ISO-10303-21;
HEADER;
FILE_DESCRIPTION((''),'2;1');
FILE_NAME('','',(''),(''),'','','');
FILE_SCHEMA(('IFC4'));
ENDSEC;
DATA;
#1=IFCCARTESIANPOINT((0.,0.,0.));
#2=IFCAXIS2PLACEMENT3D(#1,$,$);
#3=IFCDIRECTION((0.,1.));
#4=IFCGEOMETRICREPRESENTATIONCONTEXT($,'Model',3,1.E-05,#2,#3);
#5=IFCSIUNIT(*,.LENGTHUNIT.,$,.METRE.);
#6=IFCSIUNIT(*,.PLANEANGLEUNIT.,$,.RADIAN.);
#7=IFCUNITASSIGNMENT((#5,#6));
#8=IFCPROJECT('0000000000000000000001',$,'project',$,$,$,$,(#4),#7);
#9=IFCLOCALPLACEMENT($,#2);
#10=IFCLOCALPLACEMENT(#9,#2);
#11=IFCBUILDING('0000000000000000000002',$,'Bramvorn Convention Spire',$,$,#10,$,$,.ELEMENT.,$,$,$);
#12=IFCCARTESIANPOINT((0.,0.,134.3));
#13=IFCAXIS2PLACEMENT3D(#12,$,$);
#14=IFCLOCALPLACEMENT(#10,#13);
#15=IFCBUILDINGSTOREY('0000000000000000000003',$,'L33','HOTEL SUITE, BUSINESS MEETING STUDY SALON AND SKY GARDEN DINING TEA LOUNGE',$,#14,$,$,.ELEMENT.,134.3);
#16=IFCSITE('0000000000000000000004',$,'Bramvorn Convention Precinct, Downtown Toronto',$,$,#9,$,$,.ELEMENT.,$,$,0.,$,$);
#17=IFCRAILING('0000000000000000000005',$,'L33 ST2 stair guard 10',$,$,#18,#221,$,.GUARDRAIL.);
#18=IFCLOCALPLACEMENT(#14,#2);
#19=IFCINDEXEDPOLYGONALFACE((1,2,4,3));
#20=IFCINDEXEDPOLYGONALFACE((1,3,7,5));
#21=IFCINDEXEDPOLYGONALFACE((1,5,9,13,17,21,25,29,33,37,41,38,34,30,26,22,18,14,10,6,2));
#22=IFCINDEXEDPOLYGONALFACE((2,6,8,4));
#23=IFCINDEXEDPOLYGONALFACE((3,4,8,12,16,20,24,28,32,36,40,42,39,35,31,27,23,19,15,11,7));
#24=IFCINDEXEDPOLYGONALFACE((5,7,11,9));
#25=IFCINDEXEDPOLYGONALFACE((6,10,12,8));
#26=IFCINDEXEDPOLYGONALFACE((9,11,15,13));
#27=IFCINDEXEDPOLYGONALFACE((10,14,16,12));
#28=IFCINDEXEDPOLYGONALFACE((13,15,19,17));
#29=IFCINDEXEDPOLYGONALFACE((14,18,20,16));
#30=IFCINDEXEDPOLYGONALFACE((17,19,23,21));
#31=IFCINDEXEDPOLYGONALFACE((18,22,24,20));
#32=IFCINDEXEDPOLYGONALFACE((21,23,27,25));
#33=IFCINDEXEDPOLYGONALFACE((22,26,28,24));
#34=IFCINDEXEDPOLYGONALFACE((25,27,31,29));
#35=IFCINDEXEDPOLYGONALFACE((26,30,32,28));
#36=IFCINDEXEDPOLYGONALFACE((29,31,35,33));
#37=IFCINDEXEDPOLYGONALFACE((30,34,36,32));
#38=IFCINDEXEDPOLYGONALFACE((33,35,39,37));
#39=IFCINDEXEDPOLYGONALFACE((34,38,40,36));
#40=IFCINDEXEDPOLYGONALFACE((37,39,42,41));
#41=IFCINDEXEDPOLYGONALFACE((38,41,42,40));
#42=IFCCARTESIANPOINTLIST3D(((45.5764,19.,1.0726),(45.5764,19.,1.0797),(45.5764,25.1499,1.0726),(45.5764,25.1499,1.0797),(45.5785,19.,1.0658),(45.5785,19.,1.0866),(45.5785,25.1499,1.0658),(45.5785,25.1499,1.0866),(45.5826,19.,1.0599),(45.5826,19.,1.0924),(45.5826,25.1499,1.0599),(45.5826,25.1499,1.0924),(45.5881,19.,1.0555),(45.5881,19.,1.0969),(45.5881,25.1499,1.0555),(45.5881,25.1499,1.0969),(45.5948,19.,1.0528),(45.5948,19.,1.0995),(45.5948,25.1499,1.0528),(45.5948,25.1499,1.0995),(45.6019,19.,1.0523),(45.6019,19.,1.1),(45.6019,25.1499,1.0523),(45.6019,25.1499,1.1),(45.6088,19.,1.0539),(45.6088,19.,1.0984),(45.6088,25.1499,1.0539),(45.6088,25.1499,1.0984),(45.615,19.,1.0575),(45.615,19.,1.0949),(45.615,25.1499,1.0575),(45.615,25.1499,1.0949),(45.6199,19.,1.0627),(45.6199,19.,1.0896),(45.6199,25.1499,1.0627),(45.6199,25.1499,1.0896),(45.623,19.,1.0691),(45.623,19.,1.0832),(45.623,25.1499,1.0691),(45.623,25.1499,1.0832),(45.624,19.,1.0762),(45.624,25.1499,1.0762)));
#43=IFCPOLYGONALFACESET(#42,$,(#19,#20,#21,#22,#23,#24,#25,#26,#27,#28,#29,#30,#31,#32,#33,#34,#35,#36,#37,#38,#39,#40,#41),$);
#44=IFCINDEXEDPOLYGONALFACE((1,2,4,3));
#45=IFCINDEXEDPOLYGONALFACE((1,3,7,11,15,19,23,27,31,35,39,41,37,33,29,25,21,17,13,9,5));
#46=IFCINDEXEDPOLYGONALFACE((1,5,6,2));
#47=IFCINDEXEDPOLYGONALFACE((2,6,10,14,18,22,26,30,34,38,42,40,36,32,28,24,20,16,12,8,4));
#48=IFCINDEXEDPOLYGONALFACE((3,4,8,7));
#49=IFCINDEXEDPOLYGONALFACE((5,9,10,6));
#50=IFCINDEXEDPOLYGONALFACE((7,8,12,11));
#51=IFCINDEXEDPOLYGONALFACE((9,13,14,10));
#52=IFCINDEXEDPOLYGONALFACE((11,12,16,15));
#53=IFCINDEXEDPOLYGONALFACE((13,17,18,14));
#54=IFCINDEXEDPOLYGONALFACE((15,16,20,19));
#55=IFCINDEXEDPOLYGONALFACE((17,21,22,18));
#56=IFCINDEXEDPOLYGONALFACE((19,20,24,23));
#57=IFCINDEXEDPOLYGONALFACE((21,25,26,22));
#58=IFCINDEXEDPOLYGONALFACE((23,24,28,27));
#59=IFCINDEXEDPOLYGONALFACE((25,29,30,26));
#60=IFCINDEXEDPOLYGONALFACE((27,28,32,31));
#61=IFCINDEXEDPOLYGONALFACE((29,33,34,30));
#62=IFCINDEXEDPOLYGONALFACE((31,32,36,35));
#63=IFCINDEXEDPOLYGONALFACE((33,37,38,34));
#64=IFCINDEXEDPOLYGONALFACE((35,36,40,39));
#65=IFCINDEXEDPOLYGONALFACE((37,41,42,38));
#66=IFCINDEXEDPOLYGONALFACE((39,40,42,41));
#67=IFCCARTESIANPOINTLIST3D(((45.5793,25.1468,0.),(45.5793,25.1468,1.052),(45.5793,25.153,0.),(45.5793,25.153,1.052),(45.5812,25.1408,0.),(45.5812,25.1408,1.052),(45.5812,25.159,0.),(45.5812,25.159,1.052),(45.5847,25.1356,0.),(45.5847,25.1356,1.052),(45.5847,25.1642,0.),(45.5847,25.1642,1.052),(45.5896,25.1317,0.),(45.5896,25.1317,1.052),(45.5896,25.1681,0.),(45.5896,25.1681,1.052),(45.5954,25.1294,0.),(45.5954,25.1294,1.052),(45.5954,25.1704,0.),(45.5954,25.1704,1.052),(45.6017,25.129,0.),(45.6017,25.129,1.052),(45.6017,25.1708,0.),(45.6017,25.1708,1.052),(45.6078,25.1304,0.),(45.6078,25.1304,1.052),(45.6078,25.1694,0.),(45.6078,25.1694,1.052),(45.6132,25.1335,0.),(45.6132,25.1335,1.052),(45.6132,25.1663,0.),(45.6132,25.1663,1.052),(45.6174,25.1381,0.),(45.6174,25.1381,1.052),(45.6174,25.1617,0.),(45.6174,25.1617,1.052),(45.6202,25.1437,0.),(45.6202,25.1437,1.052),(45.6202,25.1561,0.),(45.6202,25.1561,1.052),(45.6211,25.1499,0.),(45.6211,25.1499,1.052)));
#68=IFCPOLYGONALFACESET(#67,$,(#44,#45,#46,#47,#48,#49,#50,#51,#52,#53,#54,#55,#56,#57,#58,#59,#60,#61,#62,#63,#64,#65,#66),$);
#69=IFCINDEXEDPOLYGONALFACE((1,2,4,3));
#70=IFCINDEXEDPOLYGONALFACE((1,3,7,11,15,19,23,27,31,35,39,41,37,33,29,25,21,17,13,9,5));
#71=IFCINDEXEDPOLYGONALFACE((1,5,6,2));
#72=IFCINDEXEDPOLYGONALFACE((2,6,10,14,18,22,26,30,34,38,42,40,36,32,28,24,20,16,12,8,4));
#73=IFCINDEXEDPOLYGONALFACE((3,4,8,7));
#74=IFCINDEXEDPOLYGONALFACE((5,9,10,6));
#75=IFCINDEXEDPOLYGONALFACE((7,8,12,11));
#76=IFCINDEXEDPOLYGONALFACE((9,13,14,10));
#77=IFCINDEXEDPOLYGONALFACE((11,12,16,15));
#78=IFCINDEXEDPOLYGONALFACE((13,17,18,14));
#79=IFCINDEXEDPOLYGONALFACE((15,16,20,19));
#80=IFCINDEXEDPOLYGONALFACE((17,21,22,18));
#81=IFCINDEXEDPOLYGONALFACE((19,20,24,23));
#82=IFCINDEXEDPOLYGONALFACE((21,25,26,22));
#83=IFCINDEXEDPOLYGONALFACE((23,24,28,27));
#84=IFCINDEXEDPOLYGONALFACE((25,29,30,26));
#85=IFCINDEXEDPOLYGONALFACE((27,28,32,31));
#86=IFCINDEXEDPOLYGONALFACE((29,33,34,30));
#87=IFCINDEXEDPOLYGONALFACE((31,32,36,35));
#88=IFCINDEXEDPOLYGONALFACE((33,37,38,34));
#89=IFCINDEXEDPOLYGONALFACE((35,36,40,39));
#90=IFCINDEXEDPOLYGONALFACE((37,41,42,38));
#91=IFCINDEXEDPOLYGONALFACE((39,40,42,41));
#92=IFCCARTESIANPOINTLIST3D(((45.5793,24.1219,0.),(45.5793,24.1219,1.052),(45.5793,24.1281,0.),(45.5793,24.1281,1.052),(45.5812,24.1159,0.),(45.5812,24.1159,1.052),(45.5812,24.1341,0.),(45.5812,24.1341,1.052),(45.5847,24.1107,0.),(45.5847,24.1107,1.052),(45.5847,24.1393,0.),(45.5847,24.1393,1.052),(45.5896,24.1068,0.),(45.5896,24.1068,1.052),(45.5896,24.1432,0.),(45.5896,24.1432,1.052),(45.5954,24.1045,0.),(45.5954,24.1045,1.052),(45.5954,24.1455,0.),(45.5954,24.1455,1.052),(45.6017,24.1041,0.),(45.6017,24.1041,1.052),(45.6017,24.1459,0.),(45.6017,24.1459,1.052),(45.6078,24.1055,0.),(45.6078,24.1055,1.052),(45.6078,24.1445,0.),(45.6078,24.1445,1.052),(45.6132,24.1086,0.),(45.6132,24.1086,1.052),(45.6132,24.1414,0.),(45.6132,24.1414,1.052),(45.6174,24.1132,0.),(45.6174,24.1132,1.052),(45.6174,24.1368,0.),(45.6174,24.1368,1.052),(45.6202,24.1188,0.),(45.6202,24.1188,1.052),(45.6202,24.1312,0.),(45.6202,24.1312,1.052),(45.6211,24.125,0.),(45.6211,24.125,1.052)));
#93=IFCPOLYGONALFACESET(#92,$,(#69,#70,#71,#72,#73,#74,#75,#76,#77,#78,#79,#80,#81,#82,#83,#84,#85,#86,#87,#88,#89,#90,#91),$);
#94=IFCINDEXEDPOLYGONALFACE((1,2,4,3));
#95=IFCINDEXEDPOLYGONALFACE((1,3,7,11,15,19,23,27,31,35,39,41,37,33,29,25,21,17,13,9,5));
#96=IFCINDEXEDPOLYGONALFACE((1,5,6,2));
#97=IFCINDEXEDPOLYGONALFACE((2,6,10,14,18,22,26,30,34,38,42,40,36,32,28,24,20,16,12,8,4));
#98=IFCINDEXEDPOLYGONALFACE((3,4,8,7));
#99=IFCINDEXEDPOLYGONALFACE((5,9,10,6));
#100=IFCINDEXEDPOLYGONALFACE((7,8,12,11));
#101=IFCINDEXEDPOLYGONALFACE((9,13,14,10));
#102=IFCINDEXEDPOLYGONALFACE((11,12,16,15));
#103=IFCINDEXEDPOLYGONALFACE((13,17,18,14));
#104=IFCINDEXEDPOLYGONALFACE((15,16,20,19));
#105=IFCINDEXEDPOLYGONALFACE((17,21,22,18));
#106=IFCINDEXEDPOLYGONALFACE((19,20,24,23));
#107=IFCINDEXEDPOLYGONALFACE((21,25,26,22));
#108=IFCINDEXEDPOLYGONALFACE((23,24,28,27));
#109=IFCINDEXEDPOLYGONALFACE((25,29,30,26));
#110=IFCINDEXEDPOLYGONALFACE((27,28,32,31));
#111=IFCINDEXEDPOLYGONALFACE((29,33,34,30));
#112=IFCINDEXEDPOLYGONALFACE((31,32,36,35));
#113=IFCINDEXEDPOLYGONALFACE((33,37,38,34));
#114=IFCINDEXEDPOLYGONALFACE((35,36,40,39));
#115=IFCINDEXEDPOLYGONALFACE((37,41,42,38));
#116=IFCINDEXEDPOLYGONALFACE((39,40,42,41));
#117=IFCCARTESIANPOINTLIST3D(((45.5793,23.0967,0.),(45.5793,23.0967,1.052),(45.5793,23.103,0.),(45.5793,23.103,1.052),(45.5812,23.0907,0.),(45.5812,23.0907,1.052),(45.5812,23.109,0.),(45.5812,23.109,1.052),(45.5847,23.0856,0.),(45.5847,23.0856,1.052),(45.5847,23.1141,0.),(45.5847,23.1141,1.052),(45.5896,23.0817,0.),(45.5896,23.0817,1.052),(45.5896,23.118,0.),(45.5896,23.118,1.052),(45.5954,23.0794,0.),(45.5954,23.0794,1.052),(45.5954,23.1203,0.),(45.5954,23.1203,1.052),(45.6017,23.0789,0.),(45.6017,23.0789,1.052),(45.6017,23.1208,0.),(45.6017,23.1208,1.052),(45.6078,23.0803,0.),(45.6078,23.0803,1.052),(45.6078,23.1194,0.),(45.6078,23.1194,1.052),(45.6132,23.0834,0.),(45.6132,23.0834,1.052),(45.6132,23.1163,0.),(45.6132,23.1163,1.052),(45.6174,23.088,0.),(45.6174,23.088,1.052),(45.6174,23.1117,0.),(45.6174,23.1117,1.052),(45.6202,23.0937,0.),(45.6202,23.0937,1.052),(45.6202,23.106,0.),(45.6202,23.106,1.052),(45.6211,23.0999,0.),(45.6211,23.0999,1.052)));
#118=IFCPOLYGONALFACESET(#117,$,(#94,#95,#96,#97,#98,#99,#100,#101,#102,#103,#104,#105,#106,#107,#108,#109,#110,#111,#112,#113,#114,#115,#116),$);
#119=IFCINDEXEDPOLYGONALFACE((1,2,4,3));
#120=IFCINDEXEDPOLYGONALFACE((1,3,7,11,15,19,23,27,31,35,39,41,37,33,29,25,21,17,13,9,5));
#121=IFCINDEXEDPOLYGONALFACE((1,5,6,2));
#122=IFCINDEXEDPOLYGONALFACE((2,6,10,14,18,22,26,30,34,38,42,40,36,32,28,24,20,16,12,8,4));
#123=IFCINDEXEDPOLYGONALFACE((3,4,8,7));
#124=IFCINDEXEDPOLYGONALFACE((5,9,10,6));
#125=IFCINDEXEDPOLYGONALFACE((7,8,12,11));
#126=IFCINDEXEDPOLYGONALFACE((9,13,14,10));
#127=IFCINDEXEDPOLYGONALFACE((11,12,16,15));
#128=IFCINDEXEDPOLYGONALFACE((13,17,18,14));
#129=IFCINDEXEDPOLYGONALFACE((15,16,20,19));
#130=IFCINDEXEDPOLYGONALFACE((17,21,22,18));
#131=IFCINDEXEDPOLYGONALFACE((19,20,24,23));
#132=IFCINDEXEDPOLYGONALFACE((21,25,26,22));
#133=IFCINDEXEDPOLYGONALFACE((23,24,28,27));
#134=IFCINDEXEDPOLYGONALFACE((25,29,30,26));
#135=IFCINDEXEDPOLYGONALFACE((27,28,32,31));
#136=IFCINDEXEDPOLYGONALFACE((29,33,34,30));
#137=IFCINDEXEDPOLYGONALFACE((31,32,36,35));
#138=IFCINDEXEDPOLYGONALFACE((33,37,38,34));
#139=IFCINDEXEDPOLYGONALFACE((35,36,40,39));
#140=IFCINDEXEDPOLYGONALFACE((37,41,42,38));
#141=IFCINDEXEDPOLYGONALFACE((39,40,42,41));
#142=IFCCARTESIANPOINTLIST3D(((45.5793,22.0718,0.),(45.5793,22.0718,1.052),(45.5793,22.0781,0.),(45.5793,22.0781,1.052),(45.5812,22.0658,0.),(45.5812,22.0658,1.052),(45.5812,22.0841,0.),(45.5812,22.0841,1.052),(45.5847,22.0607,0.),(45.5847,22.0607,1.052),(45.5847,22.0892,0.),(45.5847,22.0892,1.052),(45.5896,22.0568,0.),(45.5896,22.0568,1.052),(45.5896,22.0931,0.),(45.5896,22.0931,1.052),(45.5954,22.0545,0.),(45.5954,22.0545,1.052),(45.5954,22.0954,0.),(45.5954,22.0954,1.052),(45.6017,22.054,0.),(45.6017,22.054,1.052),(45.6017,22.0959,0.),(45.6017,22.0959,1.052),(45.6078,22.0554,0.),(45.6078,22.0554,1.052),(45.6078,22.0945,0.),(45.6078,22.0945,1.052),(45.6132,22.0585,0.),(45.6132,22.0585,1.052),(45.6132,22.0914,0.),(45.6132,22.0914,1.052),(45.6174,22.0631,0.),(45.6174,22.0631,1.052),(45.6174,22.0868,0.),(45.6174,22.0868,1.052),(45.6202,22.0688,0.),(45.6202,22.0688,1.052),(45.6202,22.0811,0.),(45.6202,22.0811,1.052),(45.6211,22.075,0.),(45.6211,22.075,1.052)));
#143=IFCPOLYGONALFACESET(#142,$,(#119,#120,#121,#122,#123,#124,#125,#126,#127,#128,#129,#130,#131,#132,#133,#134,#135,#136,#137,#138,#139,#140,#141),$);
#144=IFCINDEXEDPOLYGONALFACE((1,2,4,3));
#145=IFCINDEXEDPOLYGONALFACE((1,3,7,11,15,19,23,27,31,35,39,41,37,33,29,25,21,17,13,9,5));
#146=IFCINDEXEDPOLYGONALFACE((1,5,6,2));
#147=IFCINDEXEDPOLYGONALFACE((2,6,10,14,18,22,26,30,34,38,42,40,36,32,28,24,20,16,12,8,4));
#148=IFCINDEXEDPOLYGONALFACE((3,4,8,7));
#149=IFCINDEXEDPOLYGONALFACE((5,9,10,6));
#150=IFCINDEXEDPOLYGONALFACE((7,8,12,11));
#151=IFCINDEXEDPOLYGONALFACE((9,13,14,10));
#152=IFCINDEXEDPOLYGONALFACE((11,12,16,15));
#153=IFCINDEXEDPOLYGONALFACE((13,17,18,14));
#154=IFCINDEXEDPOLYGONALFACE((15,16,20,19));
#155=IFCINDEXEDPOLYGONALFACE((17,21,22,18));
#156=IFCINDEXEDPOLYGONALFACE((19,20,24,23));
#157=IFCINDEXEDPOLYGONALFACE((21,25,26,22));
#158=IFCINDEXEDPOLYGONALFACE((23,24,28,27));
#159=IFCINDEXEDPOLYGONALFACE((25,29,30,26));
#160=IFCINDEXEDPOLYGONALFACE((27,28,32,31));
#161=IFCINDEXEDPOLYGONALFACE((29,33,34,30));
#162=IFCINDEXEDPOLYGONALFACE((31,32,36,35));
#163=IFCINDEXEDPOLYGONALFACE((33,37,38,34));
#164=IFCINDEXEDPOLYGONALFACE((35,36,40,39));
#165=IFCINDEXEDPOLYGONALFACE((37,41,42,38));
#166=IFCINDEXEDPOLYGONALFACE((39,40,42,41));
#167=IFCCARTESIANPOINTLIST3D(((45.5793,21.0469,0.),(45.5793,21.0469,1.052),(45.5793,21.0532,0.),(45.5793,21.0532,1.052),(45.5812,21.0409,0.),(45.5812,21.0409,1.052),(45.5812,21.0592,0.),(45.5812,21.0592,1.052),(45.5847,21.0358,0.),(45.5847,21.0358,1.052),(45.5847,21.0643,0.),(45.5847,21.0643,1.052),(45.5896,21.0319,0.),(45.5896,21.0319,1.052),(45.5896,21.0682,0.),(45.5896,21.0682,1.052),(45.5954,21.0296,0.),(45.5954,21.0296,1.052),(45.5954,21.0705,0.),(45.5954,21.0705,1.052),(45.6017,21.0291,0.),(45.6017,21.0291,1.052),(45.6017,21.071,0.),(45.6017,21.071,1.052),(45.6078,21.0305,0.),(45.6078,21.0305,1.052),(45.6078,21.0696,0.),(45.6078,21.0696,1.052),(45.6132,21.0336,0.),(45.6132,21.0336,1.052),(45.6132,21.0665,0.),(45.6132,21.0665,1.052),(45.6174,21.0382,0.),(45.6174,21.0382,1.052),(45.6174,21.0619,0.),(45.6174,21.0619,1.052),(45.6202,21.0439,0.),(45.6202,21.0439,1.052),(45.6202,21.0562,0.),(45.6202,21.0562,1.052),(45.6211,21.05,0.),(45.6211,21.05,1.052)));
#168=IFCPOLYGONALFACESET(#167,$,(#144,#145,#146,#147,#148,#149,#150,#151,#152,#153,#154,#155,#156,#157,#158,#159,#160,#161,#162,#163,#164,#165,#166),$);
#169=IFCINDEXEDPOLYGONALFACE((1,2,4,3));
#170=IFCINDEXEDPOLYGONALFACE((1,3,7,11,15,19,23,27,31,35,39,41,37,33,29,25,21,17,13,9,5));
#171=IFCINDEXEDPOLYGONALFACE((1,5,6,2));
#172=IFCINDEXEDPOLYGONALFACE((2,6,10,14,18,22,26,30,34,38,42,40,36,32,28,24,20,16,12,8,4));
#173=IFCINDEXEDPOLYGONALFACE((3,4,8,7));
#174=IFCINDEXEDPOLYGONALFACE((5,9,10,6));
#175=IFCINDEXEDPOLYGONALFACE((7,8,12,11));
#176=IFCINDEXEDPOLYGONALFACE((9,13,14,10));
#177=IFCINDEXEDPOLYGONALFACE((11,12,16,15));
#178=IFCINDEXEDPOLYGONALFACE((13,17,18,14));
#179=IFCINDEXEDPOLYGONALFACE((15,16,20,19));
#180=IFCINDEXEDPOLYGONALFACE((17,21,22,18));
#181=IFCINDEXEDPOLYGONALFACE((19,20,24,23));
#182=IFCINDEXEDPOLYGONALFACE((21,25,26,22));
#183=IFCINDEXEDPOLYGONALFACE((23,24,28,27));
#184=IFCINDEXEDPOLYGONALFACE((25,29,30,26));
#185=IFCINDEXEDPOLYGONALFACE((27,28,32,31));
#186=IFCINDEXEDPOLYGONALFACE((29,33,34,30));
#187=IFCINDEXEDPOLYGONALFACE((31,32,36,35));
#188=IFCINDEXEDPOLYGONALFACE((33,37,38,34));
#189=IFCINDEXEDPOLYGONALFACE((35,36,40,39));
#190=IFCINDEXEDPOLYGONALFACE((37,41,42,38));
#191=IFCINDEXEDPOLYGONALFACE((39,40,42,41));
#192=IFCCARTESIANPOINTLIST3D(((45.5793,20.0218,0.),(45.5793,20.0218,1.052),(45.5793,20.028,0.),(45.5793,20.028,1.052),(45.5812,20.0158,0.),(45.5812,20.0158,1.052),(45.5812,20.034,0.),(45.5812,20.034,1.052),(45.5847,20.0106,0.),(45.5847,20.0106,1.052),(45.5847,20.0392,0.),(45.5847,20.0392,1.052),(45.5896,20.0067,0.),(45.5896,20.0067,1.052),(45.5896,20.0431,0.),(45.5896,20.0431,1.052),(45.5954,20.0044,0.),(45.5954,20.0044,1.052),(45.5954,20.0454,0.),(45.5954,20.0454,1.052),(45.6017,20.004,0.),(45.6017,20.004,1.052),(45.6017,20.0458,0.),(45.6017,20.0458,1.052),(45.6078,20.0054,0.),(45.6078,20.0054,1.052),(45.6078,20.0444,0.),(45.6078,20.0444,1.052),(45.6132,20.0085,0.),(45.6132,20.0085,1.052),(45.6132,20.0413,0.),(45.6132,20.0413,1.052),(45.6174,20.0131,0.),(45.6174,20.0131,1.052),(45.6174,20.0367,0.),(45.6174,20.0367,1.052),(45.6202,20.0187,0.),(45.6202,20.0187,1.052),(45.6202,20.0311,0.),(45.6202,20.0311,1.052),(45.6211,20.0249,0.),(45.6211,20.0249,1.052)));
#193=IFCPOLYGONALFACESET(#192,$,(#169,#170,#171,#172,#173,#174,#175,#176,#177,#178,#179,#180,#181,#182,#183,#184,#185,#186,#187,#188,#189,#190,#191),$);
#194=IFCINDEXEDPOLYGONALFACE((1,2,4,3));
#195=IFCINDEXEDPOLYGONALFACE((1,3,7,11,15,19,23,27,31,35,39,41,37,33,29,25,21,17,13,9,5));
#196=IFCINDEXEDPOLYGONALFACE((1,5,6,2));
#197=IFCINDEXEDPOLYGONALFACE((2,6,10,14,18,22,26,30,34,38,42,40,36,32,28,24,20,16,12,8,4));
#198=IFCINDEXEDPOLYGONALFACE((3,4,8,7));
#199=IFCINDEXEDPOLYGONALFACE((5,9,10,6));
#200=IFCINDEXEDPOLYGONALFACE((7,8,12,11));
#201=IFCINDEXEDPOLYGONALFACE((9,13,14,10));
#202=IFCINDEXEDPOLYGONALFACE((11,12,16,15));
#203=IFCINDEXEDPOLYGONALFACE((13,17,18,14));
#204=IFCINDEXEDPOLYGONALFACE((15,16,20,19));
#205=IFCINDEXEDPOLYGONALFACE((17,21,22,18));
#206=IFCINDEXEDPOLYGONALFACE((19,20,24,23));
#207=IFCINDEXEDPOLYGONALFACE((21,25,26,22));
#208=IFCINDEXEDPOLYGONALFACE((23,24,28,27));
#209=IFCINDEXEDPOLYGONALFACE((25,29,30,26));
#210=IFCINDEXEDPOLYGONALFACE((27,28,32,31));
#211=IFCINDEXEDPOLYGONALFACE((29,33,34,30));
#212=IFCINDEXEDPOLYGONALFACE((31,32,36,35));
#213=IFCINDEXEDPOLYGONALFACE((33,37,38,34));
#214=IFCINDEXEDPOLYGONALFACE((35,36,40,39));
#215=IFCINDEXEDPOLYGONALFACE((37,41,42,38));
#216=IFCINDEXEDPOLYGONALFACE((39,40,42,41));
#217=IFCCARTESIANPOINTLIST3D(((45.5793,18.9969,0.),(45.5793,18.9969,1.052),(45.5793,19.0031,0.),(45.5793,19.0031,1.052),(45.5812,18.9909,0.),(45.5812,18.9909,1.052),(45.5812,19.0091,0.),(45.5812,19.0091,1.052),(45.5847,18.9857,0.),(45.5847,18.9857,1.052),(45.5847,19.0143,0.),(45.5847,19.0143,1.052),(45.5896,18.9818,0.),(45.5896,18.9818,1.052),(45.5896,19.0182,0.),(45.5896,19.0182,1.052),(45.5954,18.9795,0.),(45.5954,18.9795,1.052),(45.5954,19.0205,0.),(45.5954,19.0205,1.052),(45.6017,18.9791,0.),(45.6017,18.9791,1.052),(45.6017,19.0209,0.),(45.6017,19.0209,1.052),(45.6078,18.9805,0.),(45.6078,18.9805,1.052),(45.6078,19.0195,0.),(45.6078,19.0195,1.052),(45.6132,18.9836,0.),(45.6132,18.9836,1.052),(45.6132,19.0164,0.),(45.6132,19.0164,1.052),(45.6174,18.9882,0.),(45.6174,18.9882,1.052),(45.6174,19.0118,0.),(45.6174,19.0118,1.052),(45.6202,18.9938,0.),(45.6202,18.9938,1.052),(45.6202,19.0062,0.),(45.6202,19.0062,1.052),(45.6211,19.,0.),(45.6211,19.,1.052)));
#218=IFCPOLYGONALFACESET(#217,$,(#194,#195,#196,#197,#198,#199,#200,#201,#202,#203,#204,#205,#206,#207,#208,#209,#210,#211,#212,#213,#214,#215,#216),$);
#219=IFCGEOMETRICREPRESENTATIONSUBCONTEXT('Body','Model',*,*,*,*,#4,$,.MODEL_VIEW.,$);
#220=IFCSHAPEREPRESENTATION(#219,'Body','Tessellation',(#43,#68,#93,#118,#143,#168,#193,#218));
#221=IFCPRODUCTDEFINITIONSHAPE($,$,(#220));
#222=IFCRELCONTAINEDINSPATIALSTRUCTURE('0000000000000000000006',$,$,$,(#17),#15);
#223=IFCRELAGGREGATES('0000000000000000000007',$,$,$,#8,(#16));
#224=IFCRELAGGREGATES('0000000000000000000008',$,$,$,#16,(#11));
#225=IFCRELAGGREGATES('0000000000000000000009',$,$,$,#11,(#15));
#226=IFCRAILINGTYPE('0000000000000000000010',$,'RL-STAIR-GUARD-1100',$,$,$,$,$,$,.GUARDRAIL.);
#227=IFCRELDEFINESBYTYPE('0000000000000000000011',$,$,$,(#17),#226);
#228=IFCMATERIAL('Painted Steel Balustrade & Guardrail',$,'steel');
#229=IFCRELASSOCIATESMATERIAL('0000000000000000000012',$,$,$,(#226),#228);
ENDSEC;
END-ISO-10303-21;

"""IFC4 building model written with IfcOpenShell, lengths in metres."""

from ifc_helpers import new_model, si_unit, direction, frame, origin, origin_2d, place, context, subcontext, project, spatial, circle, extrude, material, type_object, element, save


model = new_model("IFC4")

# Units and contexts
model_context = context("Model", 3, precision=1e-05, world=origin(), true_north=direction((0.0, 1.0)))
body_context = subcontext(model_context, "Body", "Model", "MODEL_VIEW")
ifc_project = project(units=[si_unit("LENGTHUNIT", "METRE"), si_unit("PLANEANGLEUNIT", "RADIAN")], contexts=[model_context])

# Site, building, storey
site_placement = place(None, origin())
site = spatial("IfcSite", under=ifc_project, at=site_placement, Name="Bramvorn Convention Precinct, Downtown Toronto", CompositionType="ELEMENT", RefElevation=0.0)
building_placement = place(site_placement, origin())
building = spatial("IfcBuilding", under=site, at=building_placement, Name="Bramvorn Convention Spire", CompositionType="ELEMENT")
storey_placement = place(building_placement, frame((0.0, 0.0, 134.3)))
storey = spatial("IfcBuildingStorey", under=building, at=storey_placement, Name="L33", Description="HOTEL SUITE, BUSINESS MEETING STUDY SALON AND SKY GARDEN DINING TEA LOUNGE", CompositionType="ELEMENT", Elevation=134.3)

# Railing
ifc_material_1 = material(Name="Painted Steel Balustrade & Guardrail", Category="steel")
railing_type_1 = type_object("IfcRailingType", Name="RL-STAIR-GUARD-1100", PredefinedType="GUARDRAIL", material=ifc_material_1)
railing_1_placement = place(storey_placement, frame((45.6001, 25.1499, 0.0)))
element("IfcRailing", 1, at=railing_1_placement, inside=storey, type_object=railing_type_1, Name="L33 ST2 stair guard 10", PredefinedType="GUARDRAIL", context=body_context, shape_type="SweptSolid", body=[
    extrude(circle(Radius=0.0239, at=origin_2d()), frame((0.0, 0.0, 1.0762), z_axis=(0.0, -1.0, 0.0), x_axis=(1.0, 0.0, 0.0)), (0.0, 0.0, 1.0), 6.1499),
    extrude(circle(Radius=0.021, at=origin_2d()), origin(), (0.0, 0.0, 1.0), 1.052),
    extrude(circle(Radius=0.021, at=origin_2d()), frame((0.0, -1.0249, 0.0)), (0.0, 0.0, 1.0), 1.052),
    extrude(circle(Radius=0.021, at=origin_2d()), frame((0.0, -2.05, 0.0)), (0.0, 0.0, 1.0), 1.052),
    extrude(circle(Radius=0.021, at=origin_2d()), frame((0.0, -3.075, 0.0)), (0.0, 0.0, 1.0), 1.052),
    extrude(circle(Radius=0.021, at=origin_2d()), frame((0.0, -4.0999, 0.0)), (0.0, 0.0, 1.0), 1.052),
    extrude(circle(Radius=0.021, at=origin_2d()), frame((0.0, -5.125, 0.0)), (0.0, 0.0, 1.0), 1.052),
    extrude(circle(Radius=0.021, at=origin_2d()), frame((0.0, -6.1499, 0.0)), (0.0, 0.0, 1.0), 1.052),
])

save(model, "model.ifc")
